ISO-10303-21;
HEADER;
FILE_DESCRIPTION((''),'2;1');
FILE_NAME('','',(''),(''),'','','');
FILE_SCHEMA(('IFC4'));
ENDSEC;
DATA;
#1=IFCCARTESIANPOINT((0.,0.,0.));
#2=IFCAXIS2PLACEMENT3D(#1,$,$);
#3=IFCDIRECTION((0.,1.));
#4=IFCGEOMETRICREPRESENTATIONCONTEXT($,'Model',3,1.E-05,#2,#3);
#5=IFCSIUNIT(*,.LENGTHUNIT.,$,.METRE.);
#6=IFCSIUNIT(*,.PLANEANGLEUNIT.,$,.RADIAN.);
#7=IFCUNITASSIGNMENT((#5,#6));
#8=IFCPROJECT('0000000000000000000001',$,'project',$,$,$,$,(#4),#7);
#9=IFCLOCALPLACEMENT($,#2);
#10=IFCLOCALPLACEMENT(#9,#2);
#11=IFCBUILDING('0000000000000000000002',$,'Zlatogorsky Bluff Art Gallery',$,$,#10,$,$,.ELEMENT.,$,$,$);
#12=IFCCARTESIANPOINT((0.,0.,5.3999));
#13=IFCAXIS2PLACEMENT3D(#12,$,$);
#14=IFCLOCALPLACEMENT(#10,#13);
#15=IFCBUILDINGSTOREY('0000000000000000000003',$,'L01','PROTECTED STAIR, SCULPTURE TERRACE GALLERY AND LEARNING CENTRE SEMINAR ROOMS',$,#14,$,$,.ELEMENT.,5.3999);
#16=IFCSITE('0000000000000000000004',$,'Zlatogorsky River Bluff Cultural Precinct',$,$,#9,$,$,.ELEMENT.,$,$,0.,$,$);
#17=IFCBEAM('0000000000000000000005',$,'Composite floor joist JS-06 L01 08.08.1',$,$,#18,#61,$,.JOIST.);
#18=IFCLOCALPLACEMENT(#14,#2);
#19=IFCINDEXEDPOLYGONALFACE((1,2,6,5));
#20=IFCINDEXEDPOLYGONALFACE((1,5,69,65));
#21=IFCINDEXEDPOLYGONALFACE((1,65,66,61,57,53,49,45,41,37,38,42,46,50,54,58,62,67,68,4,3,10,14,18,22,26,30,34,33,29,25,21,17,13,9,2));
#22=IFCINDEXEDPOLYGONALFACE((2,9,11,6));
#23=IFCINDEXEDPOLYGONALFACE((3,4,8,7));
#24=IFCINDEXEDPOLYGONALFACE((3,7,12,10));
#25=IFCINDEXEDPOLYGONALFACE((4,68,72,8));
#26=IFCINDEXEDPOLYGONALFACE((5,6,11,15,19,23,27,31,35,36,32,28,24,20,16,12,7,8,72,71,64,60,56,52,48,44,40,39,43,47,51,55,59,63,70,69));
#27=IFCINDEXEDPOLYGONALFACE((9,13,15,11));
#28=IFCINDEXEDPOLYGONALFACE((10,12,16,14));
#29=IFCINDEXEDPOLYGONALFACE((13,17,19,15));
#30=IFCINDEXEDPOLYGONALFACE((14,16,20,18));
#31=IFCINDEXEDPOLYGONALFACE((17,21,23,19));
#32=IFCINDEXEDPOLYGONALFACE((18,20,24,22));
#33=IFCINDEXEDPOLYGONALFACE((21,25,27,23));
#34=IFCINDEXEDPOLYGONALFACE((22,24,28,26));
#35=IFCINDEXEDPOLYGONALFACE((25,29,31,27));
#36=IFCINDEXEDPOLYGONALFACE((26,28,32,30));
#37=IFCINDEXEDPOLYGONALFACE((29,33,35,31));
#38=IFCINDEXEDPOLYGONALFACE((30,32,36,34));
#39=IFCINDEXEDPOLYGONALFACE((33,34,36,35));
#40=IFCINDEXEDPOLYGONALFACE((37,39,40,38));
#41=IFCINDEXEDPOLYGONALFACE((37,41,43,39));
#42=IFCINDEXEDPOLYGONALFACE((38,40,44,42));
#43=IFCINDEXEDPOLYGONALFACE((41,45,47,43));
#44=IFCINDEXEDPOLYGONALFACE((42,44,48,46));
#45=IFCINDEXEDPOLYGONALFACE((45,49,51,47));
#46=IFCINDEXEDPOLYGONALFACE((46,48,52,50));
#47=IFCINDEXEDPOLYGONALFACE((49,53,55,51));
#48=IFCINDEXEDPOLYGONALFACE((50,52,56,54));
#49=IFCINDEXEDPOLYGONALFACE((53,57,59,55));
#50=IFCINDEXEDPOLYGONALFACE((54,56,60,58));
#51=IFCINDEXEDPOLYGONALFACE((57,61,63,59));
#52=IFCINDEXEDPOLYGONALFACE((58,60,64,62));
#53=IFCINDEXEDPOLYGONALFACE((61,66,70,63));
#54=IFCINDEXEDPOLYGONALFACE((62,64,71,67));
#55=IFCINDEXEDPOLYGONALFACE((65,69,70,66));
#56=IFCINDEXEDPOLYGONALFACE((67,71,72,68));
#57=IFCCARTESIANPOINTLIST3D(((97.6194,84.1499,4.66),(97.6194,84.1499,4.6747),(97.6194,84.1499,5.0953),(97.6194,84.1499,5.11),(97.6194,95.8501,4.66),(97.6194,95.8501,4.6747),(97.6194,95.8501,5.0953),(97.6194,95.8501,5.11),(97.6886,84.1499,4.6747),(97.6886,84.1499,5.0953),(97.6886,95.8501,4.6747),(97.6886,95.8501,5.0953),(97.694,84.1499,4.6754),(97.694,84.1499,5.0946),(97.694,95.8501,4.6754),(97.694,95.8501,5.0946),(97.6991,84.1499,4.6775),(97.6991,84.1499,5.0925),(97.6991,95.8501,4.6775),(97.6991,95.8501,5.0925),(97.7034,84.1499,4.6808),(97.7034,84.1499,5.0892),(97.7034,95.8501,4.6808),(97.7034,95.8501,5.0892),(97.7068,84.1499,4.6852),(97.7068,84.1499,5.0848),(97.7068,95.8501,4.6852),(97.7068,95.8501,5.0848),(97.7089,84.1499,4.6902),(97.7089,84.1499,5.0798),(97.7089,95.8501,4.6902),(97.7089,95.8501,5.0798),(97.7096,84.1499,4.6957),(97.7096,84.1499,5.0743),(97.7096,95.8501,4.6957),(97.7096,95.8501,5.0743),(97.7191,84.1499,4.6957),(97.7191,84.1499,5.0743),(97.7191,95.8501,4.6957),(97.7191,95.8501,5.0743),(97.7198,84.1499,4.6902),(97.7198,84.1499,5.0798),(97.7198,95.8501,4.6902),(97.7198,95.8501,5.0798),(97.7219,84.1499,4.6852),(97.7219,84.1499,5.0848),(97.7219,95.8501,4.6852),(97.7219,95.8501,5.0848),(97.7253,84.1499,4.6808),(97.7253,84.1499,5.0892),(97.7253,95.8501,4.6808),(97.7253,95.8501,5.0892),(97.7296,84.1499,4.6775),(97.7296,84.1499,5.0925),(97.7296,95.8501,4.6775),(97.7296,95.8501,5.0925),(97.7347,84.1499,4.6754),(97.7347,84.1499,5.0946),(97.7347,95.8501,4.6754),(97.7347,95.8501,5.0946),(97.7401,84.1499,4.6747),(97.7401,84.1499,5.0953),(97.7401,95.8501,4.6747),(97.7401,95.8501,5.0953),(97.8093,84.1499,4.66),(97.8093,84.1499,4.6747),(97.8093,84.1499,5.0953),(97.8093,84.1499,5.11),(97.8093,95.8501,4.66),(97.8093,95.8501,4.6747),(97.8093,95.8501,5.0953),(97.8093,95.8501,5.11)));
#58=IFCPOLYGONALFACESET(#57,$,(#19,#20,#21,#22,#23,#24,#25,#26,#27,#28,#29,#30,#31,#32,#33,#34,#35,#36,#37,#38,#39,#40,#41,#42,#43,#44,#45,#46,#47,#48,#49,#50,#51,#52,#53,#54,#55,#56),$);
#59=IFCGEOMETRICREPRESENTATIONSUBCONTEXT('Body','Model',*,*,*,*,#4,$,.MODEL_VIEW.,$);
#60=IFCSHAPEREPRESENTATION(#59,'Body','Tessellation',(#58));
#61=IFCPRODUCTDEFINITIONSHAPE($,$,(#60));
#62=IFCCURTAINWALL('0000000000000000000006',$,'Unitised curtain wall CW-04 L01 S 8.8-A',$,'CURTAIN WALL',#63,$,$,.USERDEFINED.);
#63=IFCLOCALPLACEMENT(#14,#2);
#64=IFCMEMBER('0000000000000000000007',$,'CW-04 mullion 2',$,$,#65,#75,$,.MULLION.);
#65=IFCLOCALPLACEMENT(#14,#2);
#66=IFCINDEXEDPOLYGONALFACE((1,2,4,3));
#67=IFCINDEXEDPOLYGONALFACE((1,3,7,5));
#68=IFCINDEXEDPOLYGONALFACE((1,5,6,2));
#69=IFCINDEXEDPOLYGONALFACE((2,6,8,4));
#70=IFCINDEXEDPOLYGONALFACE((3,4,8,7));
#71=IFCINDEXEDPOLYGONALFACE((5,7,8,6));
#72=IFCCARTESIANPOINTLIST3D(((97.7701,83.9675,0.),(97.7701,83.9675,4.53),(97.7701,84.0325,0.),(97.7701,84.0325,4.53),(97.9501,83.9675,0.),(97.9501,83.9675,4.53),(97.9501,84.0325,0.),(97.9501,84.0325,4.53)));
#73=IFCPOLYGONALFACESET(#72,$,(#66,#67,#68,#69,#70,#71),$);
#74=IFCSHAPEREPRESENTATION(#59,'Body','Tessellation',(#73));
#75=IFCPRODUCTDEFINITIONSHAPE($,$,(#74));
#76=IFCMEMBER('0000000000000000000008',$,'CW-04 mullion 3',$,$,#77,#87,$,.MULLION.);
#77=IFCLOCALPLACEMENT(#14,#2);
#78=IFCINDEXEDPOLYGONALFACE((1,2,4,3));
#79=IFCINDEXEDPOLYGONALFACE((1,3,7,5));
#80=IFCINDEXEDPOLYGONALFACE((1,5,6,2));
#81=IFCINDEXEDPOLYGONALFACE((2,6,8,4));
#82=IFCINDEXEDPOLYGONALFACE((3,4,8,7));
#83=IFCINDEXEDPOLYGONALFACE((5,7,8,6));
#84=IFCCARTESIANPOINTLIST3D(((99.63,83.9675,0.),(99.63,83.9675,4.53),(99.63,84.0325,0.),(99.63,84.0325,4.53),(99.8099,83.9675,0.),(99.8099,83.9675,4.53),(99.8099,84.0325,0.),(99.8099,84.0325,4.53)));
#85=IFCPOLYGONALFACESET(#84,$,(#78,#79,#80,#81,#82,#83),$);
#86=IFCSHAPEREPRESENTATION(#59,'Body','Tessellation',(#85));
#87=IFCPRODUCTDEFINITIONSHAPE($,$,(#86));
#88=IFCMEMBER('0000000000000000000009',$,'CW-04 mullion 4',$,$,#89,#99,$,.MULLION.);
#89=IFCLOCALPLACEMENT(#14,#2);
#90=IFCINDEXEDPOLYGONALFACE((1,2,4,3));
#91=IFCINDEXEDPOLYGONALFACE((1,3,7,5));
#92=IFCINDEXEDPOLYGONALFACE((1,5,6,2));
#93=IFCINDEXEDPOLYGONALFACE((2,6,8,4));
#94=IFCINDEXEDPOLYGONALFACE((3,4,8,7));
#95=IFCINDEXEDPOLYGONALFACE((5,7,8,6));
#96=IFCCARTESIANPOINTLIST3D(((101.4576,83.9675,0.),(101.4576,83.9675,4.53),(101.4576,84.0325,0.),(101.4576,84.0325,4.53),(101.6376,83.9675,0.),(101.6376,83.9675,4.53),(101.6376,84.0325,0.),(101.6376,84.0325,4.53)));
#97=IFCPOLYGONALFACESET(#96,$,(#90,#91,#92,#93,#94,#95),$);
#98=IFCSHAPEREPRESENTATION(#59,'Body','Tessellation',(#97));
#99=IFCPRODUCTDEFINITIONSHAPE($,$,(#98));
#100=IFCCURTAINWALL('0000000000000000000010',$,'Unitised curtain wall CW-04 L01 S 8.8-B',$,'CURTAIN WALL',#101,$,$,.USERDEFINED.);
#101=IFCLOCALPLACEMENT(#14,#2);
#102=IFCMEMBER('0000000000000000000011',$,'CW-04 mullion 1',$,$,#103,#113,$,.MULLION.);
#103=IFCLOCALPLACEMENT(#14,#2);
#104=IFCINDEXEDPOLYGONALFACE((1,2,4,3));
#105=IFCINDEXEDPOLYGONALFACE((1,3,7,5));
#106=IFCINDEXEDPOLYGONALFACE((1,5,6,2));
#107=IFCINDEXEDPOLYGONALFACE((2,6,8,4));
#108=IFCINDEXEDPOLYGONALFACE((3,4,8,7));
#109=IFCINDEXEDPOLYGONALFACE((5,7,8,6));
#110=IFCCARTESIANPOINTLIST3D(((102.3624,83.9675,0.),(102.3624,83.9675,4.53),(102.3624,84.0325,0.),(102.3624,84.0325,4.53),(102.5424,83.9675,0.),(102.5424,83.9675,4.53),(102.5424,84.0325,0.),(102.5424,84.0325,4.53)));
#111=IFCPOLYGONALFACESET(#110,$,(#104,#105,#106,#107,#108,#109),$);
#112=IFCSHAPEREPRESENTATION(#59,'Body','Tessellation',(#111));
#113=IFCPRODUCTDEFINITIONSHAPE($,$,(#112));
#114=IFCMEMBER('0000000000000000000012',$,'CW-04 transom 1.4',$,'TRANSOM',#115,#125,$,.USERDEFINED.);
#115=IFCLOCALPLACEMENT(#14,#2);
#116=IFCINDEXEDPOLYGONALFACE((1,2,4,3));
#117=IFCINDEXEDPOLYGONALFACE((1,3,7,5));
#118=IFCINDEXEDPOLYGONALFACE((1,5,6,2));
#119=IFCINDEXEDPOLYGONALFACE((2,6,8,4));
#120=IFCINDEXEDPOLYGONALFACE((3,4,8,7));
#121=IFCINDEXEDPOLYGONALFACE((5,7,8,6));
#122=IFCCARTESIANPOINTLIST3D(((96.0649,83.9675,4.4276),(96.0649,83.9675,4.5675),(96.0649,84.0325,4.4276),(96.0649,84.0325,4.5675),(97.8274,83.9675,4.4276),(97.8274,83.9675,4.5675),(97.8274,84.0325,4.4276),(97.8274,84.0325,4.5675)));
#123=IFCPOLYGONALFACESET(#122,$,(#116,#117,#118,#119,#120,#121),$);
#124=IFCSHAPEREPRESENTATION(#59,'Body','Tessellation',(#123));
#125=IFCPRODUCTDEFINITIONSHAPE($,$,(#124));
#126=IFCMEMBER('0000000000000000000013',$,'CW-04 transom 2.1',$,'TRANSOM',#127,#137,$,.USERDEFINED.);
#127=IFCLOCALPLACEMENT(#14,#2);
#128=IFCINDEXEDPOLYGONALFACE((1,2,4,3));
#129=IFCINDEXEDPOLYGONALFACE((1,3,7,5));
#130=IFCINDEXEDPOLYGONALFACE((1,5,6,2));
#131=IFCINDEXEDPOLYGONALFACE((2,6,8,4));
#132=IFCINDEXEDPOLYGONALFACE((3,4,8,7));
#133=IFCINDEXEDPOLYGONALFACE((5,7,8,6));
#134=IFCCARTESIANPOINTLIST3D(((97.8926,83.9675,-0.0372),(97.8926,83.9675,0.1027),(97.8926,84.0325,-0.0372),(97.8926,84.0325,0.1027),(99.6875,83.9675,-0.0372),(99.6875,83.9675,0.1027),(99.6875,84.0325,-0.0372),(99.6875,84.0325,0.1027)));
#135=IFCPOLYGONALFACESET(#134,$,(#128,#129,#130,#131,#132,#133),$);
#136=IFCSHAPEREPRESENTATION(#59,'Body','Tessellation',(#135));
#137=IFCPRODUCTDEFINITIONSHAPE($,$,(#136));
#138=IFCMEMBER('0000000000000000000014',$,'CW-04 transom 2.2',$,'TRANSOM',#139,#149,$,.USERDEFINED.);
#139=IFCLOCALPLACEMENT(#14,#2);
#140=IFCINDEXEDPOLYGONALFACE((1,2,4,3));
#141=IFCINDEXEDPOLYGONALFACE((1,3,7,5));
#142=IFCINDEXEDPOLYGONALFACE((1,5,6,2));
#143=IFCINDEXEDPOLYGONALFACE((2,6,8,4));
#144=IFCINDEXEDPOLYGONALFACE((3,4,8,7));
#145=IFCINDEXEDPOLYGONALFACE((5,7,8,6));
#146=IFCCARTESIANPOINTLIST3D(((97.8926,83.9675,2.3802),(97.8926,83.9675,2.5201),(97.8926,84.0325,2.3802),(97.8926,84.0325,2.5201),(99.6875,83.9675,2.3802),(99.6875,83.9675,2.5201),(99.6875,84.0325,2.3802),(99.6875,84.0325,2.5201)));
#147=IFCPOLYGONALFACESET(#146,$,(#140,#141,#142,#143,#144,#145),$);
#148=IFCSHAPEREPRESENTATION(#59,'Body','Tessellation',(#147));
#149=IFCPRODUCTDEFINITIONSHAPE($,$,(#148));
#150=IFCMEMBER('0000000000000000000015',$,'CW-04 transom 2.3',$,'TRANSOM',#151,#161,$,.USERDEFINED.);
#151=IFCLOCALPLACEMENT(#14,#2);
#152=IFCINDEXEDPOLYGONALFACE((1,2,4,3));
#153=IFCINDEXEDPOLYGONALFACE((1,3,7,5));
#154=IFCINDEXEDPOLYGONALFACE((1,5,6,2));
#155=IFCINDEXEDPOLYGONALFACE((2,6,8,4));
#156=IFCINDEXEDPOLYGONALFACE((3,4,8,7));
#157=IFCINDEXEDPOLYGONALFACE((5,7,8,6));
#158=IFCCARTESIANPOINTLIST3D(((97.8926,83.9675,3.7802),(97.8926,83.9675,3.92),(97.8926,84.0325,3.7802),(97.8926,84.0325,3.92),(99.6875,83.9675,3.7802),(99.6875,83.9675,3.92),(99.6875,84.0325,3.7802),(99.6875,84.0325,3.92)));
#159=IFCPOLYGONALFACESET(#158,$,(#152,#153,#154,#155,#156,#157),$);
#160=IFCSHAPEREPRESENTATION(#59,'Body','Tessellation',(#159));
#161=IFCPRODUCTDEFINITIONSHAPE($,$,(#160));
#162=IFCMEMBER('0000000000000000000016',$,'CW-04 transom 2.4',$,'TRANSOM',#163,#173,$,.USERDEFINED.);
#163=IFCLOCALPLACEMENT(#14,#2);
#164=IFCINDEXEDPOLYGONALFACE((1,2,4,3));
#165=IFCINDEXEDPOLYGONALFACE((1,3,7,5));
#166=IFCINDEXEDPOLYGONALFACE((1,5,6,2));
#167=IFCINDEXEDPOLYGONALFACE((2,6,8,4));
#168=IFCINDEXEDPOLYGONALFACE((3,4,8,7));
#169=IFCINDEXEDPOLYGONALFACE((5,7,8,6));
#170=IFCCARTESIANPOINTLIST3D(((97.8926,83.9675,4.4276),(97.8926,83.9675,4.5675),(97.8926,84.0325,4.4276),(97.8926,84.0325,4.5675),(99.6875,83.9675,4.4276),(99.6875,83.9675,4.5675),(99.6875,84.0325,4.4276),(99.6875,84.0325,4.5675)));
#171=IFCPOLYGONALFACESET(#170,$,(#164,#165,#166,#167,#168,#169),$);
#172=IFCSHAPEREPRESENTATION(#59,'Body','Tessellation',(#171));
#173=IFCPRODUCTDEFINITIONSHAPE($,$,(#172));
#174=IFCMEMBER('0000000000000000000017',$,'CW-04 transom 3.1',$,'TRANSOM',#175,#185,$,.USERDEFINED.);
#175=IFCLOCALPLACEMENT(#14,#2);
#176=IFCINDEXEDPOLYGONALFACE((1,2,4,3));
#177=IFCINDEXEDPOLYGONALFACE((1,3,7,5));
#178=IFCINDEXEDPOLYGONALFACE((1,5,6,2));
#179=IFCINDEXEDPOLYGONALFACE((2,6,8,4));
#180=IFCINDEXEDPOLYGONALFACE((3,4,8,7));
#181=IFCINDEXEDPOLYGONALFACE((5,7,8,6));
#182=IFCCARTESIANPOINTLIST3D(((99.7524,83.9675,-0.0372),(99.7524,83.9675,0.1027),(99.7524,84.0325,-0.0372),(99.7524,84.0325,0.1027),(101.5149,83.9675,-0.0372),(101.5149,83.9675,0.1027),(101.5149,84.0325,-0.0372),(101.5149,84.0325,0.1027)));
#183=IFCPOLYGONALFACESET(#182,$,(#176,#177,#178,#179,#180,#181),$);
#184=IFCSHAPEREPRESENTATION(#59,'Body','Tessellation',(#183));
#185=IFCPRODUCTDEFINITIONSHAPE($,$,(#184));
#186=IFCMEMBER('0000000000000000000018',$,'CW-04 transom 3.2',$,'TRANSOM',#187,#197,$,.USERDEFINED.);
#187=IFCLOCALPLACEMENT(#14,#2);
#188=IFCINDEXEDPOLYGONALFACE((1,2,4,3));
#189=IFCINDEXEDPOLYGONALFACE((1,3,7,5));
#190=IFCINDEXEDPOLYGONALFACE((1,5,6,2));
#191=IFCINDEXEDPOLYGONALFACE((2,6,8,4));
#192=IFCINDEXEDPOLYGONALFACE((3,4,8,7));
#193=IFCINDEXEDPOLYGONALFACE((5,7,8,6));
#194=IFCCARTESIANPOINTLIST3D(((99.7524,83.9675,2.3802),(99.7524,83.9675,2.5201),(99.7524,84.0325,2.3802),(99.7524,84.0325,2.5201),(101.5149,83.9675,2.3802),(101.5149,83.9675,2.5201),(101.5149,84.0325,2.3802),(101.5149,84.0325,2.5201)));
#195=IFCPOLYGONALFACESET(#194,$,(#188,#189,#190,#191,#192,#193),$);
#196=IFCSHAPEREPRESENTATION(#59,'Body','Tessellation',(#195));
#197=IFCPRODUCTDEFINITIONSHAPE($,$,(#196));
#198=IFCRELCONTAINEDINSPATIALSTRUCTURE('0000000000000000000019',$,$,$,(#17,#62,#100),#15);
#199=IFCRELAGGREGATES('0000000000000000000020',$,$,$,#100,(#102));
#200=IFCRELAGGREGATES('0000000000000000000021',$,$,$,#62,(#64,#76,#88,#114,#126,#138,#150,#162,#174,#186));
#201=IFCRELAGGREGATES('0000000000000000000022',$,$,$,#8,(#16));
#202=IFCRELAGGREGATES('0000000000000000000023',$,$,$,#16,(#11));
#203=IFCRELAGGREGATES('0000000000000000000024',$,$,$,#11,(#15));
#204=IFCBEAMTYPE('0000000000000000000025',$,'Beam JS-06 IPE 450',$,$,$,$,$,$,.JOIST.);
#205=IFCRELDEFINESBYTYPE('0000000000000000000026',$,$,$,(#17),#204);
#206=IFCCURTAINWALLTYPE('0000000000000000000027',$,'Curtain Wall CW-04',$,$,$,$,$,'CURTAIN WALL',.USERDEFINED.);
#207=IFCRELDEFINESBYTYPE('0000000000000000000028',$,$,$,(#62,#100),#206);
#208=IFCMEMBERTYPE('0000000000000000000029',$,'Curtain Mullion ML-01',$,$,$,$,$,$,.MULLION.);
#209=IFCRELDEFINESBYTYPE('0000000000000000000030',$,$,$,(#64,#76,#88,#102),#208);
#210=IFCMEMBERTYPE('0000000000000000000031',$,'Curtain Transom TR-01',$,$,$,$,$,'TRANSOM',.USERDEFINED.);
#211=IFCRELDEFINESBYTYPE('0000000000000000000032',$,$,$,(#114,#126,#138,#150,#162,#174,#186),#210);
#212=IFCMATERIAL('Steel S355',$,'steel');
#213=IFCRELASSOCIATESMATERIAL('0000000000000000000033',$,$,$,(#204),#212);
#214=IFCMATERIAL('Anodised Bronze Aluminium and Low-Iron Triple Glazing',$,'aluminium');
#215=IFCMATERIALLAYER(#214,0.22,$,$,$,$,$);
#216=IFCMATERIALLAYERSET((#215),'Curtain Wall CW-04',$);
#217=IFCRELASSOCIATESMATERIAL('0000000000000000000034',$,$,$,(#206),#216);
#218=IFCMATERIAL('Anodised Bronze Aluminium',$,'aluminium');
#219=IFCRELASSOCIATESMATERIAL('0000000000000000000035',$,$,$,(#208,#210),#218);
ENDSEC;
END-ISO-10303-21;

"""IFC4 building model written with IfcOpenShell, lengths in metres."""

from ifc_helpers import new_model, si_unit, direction, frame, origin, origin_2d, place, context, subcontext, project, spatial, rectangle, i_section, extrude, material, layer, layer_set, material_profile, profile_set, type_object, element, aggregate, save


model = new_model("IFC4")

# Units and contexts
model_context = context("Model", 3, precision=1e-05, world=origin(), true_north=direction((0.0, 1.0)))
body_context = subcontext(model_context, "Body", "Model", "MODEL_VIEW")
ifc_project = project(units=[si_unit("LENGTHUNIT", "METRE"), si_unit("PLANEANGLEUNIT", "RADIAN")], contexts=[model_context])

# Site, building, storey
site_placement = place(None, origin())
site = spatial("IfcSite", under=ifc_project, at=site_placement, Name="Zlatogorsky River Bluff Cultural Precinct", CompositionType="ELEMENT", RefElevation=0.0)
building_placement = place(site_placement, origin())
building = spatial("IfcBuilding", under=site, at=building_placement, Name="Zlatogorsky Bluff Art Gallery", CompositionType="ELEMENT")
storey_placement = place(building_placement, frame((0.0, 0.0, 5.3999)))
storey = spatial("IfcBuildingStorey", under=building, at=storey_placement, Name="L01", Description="PROTECTED STAIR, SCULPTURE TERRACE GALLERY AND LEARNING CENTRE SEMINAR ROOMS", CompositionType="ELEMENT", Elevation=5.3999)

# Beam
ifc_material_1 = material(Name="Steel S355", Category="steel")
ifc_material_profile_1 = material_profile(ifc_material_1, i_section(OverallWidth=0.1899, OverallDepth=0.45, WebThickness=0.0095, FlangeThickness=0.0146, FilletRadius=0.021, at=origin_2d()), Name="IPE 450")
ifc_profile_set_1 = profile_set([ifc_material_profile_1], Name="Steel S355")
beam_type_1 = type_object("IfcBeamType", Name="Beam JS-06 IPE 450", PredefinedType="JOIST", material=ifc_profile_set_1)
for number, where, z_axis, x_axis, name in (
    (1, (97.7144, 84.1499, 4.885), (0.0, 1.0, 0.0), (-1.0, 0.0, 0.0), "Composite floor joist JS-06 L01 08.08.1"),
):
    element("IfcBeam", number, at=place(storey_placement, frame(where, z_axis=z_axis, x_axis=x_axis)), inside=storey, type_object=beam_type_1, Name=name, PredefinedType="JOIST", context=body_context, shape_type="SweptSolid", body=[
        extrude(i_section(OverallWidth=0.1899, OverallDepth=0.45, WebThickness=0.0095, FlangeThickness=0.0146, FilletRadius=0.021, at=origin_2d()), origin(), (0.0, 0.0, 1.0), 11.7002),
    ])

# Curtain wall, members
ifc_material_2 = material(Name="Anodised Bronze Aluminium and Low-Iron Triple Glazing", Category="aluminium")
ifc_layer_1 = layer(ifc_material_2, 0.22)
ifc_layer_set_1 = layer_set([ifc_layer_1], Name="Curtain Wall CW-04")
curtain_wall_type = type_object("IfcCurtainWallType", Name="Curtain Wall CW-04", ElementType="CURTAIN WALL", PredefinedType="USERDEFINED", material=ifc_layer_set_1)
curtain_wall_1_placement = place(storey_placement, origin())
curtain_wall_1 = element("IfcCurtainWall", 2, at=curtain_wall_1_placement, inside=storey, type_object=curtain_wall_type, Name="Unitised curtain wall CW-04 L01 S 8.8-A", ObjectType="CURTAIN WALL", PredefinedType="USERDEFINED")
ifc_material_3 = material(Name="Anodised Bronze Aluminium", Category="aluminium")
ifc_material_profile_2 = material_profile(ifc_material_3, rectangle(XDim=0.0649, YDim=0.1799, at=origin_2d()), Name="ALU MULLION 65x180")
ifc_profile_set_2 = profile_set([ifc_material_profile_2], Name="Anodised Bronze Aluminium")
member_type_1 = type_object("IfcMemberType", Name="Curtain Mullion ML-01", PredefinedType="MULLION", material=ifc_profile_set_2)
member_1_placement = place(storey_placement, frame((97.8601, 84.0, 0.0), z_axis=(0.0, 0.0, 1.0), x_axis=(0.0, 1.0, 0.0)))
member_1 = element("IfcMember", 3, at=member_1_placement, type_object=member_type_1, Name="CW-04 mullion 2", PredefinedType="MULLION", context=body_context, shape_type="SweptSolid", body=[
    extrude(rectangle(XDim=0.0649, YDim=0.1799, at=origin_2d()), origin(), (0.0, 0.0, 1.0), 4.53),
])
member_2_placement = place(storey_placement, frame((99.72, 84.0, 0.0), z_axis=(0.0, 0.0, 1.0), x_axis=(0.0, 1.0, 0.0)))
member_2 = element("IfcMember", 4, at=member_2_placement, type_object=member_type_1, Name="CW-04 mullion 3", PredefinedType="MULLION", context=body_context, shape_type="SweptSolid", body=[
    extrude(rectangle(XDim=0.0649, YDim=0.1799, at=origin_2d()), origin(), (0.0, 0.0, 1.0), 4.53),
])
member_3_placement = place(storey_placement, frame((101.5476, 84.0, 0.0), z_axis=(0.0, 0.0, 1.0), x_axis=(0.0, 1.0, 0.0)))
member_3 = element("IfcMember", 5, at=member_3_placement, type_object=member_type_1, Name="CW-04 mullion 4", PredefinedType="MULLION", context=body_context, shape_type="SweptSolid", body=[
    extrude(rectangle(XDim=0.0649, YDim=0.1799, at=origin_2d()), origin(), (0.0, 0.0, 1.0), 4.53),
])

# Curtain wall, member
curtain_wall_2_placement = place(storey_placement, origin())
curtain_wall_2 = element("IfcCurtainWall", 6, at=curtain_wall_2_placement, inside=storey, type_object=curtain_wall_type, Name="Unitised curtain wall CW-04 L01 S 8.8-B", ObjectType="CURTAIN WALL", PredefinedType="USERDEFINED")
member_4_placement = place(storey_placement, frame((102.4524, 84.0, 0.0), z_axis=(0.0, 0.0, 1.0), x_axis=(0.0, 1.0, 0.0)))
member_4 = element("IfcMember", 7, at=member_4_placement, type_object=member_type_1, Name="CW-04 mullion 1", PredefinedType="MULLION", context=body_context, shape_type="SweptSolid", body=[
    extrude(rectangle(XDim=0.0649, YDim=0.1799, at=origin_2d()), origin(), (0.0, 0.0, 1.0), 4.53),
])

# Members
ifc_material_profile_3 = material_profile(ifc_material_3, rectangle(XDim=0.0649, YDim=0.1399, at=origin_2d()), Name="ALU TRANSOM 65x140")
ifc_profile_set_3 = profile_set([ifc_material_profile_3], Name="Anodised Bronze Aluminium")
member_type_2 = type_object("IfcMemberType", Name="Curtain Transom TR-01", ElementType="TRANSOM", PredefinedType="USERDEFINED", material=ifc_profile_set_3)
member_5_placement = place(storey_placement, frame((96.0649, 84.0, 4.4976), z_axis=(1.0, 0.0, 0.0), x_axis=(0.0, 1.0, 0.0)))
member_5 = element("IfcMember", 8, at=member_5_placement, type_object=member_type_2, Name="CW-04 transom 1.4", ObjectType="TRANSOM", PredefinedType="USERDEFINED", context=body_context, shape_type="SweptSolid", body=[
    extrude(rectangle(XDim=0.0649, YDim=0.1399, at=origin_2d()), origin(), (0.0, 0.0, 1.0), 1.7625),
])
member_6_placement = place(storey_placement, frame((97.8926, 84.0, 0.0327), z_axis=(1.0, 0.0, 0.0), x_axis=(0.0, 1.0, 0.0)))
member_6 = element("IfcMember", 9, at=member_6_placement, type_object=member_type_2, Name="CW-04 transom 2.1", ObjectType="TRANSOM", PredefinedType="USERDEFINED", context=body_context, shape_type="SweptSolid", body=[
    extrude(rectangle(XDim=0.0649, YDim=0.1399, at=origin_2d()), origin(), (0.0, 0.0, 1.0), 1.7949),
])
member_7_placement = place(storey_placement, frame((97.8926, 84.0, 2.4502), z_axis=(1.0, 0.0, 0.0), x_axis=(0.0, 1.0, 0.0)))
member_7 = element("IfcMember", 10, at=member_7_placement, type_object=member_type_2, Name="CW-04 transom 2.2", ObjectType="TRANSOM", PredefinedType="USERDEFINED", context=body_context, shape_type="SweptSolid", body=[
    extrude(rectangle(XDim=0.0649, YDim=0.1399, at=origin_2d()), origin(), (0.0, 0.0, 1.0), 1.7949),
])
member_8_placement = place(storey_placement, frame((97.8926, 84.0, 3.8501), z_axis=(1.0, 0.0, 0.0), x_axis=(0.0, 1.0, 0.0)))
member_8 = element("IfcMember", 11, at=member_8_placement, type_object=member_type_2, Name="CW-04 transom 2.3", ObjectType="TRANSOM", PredefinedType="USERDEFINED", context=body_context, shape_type="SweptSolid", body=[
    extrude(rectangle(XDim=0.0649, YDim=0.1399, at=origin_2d()), origin(), (0.0, 0.0, 1.0), 1.7949),
])
member_9_placement = place(storey_placement, frame((97.8926, 84.0, 4.4976), z_axis=(1.0, 0.0, 0.0), x_axis=(0.0, 1.0, 0.0)))
member_9 = element("IfcMember", 12, at=member_9_placement, type_object=member_type_2, Name="CW-04 transom 2.4", ObjectType="TRANSOM", PredefinedType="USERDEFINED", context=body_context, shape_type="SweptSolid", body=[
    extrude(rectangle(XDim=0.0649, YDim=0.1399, at=origin_2d()), origin(), (0.0, 0.0, 1.0), 1.7949),
])
member_10_placement = place(storey_placement, frame((99.7524, 84.0, 0.0327), z_axis=(1.0, 0.0, 0.0), x_axis=(0.0, 1.0, 0.0)))
member_10 = element("IfcMember", 13, at=member_10_placement, type_object=member_type_2, Name="CW-04 transom 3.1", ObjectType="TRANSOM", PredefinedType="USERDEFINED", context=body_context, shape_type="SweptSolid", body=[
    extrude(rectangle(XDim=0.0649, YDim=0.1399, at=origin_2d()), origin(), (0.0, 0.0, 1.0), 1.7625),
])
member_11_placement = place(storey_placement, frame((99.7524, 84.0, 2.4502), z_axis=(1.0, 0.0, 0.0), x_axis=(0.0, 1.0, 0.0)))
member_11 = element("IfcMember", 14, at=member_11_placement, type_object=member_type_2, Name="CW-04 transom 3.2", ObjectType="TRANSOM", PredefinedType="USERDEFINED", context=body_context, shape_type="SweptSolid", body=[
    extrude(rectangle(XDim=0.0649, YDim=0.1399, at=origin_2d()), origin(), (0.0, 0.0, 1.0), 1.7625),
])
aggregate(curtain_wall_2, [member_4])

aggregate(curtain_wall_1, [member_1, member_2, member_3, member_5, member_6, member_7, member_8, member_9, member_10, member_11])

save(model, "model.ifc")
